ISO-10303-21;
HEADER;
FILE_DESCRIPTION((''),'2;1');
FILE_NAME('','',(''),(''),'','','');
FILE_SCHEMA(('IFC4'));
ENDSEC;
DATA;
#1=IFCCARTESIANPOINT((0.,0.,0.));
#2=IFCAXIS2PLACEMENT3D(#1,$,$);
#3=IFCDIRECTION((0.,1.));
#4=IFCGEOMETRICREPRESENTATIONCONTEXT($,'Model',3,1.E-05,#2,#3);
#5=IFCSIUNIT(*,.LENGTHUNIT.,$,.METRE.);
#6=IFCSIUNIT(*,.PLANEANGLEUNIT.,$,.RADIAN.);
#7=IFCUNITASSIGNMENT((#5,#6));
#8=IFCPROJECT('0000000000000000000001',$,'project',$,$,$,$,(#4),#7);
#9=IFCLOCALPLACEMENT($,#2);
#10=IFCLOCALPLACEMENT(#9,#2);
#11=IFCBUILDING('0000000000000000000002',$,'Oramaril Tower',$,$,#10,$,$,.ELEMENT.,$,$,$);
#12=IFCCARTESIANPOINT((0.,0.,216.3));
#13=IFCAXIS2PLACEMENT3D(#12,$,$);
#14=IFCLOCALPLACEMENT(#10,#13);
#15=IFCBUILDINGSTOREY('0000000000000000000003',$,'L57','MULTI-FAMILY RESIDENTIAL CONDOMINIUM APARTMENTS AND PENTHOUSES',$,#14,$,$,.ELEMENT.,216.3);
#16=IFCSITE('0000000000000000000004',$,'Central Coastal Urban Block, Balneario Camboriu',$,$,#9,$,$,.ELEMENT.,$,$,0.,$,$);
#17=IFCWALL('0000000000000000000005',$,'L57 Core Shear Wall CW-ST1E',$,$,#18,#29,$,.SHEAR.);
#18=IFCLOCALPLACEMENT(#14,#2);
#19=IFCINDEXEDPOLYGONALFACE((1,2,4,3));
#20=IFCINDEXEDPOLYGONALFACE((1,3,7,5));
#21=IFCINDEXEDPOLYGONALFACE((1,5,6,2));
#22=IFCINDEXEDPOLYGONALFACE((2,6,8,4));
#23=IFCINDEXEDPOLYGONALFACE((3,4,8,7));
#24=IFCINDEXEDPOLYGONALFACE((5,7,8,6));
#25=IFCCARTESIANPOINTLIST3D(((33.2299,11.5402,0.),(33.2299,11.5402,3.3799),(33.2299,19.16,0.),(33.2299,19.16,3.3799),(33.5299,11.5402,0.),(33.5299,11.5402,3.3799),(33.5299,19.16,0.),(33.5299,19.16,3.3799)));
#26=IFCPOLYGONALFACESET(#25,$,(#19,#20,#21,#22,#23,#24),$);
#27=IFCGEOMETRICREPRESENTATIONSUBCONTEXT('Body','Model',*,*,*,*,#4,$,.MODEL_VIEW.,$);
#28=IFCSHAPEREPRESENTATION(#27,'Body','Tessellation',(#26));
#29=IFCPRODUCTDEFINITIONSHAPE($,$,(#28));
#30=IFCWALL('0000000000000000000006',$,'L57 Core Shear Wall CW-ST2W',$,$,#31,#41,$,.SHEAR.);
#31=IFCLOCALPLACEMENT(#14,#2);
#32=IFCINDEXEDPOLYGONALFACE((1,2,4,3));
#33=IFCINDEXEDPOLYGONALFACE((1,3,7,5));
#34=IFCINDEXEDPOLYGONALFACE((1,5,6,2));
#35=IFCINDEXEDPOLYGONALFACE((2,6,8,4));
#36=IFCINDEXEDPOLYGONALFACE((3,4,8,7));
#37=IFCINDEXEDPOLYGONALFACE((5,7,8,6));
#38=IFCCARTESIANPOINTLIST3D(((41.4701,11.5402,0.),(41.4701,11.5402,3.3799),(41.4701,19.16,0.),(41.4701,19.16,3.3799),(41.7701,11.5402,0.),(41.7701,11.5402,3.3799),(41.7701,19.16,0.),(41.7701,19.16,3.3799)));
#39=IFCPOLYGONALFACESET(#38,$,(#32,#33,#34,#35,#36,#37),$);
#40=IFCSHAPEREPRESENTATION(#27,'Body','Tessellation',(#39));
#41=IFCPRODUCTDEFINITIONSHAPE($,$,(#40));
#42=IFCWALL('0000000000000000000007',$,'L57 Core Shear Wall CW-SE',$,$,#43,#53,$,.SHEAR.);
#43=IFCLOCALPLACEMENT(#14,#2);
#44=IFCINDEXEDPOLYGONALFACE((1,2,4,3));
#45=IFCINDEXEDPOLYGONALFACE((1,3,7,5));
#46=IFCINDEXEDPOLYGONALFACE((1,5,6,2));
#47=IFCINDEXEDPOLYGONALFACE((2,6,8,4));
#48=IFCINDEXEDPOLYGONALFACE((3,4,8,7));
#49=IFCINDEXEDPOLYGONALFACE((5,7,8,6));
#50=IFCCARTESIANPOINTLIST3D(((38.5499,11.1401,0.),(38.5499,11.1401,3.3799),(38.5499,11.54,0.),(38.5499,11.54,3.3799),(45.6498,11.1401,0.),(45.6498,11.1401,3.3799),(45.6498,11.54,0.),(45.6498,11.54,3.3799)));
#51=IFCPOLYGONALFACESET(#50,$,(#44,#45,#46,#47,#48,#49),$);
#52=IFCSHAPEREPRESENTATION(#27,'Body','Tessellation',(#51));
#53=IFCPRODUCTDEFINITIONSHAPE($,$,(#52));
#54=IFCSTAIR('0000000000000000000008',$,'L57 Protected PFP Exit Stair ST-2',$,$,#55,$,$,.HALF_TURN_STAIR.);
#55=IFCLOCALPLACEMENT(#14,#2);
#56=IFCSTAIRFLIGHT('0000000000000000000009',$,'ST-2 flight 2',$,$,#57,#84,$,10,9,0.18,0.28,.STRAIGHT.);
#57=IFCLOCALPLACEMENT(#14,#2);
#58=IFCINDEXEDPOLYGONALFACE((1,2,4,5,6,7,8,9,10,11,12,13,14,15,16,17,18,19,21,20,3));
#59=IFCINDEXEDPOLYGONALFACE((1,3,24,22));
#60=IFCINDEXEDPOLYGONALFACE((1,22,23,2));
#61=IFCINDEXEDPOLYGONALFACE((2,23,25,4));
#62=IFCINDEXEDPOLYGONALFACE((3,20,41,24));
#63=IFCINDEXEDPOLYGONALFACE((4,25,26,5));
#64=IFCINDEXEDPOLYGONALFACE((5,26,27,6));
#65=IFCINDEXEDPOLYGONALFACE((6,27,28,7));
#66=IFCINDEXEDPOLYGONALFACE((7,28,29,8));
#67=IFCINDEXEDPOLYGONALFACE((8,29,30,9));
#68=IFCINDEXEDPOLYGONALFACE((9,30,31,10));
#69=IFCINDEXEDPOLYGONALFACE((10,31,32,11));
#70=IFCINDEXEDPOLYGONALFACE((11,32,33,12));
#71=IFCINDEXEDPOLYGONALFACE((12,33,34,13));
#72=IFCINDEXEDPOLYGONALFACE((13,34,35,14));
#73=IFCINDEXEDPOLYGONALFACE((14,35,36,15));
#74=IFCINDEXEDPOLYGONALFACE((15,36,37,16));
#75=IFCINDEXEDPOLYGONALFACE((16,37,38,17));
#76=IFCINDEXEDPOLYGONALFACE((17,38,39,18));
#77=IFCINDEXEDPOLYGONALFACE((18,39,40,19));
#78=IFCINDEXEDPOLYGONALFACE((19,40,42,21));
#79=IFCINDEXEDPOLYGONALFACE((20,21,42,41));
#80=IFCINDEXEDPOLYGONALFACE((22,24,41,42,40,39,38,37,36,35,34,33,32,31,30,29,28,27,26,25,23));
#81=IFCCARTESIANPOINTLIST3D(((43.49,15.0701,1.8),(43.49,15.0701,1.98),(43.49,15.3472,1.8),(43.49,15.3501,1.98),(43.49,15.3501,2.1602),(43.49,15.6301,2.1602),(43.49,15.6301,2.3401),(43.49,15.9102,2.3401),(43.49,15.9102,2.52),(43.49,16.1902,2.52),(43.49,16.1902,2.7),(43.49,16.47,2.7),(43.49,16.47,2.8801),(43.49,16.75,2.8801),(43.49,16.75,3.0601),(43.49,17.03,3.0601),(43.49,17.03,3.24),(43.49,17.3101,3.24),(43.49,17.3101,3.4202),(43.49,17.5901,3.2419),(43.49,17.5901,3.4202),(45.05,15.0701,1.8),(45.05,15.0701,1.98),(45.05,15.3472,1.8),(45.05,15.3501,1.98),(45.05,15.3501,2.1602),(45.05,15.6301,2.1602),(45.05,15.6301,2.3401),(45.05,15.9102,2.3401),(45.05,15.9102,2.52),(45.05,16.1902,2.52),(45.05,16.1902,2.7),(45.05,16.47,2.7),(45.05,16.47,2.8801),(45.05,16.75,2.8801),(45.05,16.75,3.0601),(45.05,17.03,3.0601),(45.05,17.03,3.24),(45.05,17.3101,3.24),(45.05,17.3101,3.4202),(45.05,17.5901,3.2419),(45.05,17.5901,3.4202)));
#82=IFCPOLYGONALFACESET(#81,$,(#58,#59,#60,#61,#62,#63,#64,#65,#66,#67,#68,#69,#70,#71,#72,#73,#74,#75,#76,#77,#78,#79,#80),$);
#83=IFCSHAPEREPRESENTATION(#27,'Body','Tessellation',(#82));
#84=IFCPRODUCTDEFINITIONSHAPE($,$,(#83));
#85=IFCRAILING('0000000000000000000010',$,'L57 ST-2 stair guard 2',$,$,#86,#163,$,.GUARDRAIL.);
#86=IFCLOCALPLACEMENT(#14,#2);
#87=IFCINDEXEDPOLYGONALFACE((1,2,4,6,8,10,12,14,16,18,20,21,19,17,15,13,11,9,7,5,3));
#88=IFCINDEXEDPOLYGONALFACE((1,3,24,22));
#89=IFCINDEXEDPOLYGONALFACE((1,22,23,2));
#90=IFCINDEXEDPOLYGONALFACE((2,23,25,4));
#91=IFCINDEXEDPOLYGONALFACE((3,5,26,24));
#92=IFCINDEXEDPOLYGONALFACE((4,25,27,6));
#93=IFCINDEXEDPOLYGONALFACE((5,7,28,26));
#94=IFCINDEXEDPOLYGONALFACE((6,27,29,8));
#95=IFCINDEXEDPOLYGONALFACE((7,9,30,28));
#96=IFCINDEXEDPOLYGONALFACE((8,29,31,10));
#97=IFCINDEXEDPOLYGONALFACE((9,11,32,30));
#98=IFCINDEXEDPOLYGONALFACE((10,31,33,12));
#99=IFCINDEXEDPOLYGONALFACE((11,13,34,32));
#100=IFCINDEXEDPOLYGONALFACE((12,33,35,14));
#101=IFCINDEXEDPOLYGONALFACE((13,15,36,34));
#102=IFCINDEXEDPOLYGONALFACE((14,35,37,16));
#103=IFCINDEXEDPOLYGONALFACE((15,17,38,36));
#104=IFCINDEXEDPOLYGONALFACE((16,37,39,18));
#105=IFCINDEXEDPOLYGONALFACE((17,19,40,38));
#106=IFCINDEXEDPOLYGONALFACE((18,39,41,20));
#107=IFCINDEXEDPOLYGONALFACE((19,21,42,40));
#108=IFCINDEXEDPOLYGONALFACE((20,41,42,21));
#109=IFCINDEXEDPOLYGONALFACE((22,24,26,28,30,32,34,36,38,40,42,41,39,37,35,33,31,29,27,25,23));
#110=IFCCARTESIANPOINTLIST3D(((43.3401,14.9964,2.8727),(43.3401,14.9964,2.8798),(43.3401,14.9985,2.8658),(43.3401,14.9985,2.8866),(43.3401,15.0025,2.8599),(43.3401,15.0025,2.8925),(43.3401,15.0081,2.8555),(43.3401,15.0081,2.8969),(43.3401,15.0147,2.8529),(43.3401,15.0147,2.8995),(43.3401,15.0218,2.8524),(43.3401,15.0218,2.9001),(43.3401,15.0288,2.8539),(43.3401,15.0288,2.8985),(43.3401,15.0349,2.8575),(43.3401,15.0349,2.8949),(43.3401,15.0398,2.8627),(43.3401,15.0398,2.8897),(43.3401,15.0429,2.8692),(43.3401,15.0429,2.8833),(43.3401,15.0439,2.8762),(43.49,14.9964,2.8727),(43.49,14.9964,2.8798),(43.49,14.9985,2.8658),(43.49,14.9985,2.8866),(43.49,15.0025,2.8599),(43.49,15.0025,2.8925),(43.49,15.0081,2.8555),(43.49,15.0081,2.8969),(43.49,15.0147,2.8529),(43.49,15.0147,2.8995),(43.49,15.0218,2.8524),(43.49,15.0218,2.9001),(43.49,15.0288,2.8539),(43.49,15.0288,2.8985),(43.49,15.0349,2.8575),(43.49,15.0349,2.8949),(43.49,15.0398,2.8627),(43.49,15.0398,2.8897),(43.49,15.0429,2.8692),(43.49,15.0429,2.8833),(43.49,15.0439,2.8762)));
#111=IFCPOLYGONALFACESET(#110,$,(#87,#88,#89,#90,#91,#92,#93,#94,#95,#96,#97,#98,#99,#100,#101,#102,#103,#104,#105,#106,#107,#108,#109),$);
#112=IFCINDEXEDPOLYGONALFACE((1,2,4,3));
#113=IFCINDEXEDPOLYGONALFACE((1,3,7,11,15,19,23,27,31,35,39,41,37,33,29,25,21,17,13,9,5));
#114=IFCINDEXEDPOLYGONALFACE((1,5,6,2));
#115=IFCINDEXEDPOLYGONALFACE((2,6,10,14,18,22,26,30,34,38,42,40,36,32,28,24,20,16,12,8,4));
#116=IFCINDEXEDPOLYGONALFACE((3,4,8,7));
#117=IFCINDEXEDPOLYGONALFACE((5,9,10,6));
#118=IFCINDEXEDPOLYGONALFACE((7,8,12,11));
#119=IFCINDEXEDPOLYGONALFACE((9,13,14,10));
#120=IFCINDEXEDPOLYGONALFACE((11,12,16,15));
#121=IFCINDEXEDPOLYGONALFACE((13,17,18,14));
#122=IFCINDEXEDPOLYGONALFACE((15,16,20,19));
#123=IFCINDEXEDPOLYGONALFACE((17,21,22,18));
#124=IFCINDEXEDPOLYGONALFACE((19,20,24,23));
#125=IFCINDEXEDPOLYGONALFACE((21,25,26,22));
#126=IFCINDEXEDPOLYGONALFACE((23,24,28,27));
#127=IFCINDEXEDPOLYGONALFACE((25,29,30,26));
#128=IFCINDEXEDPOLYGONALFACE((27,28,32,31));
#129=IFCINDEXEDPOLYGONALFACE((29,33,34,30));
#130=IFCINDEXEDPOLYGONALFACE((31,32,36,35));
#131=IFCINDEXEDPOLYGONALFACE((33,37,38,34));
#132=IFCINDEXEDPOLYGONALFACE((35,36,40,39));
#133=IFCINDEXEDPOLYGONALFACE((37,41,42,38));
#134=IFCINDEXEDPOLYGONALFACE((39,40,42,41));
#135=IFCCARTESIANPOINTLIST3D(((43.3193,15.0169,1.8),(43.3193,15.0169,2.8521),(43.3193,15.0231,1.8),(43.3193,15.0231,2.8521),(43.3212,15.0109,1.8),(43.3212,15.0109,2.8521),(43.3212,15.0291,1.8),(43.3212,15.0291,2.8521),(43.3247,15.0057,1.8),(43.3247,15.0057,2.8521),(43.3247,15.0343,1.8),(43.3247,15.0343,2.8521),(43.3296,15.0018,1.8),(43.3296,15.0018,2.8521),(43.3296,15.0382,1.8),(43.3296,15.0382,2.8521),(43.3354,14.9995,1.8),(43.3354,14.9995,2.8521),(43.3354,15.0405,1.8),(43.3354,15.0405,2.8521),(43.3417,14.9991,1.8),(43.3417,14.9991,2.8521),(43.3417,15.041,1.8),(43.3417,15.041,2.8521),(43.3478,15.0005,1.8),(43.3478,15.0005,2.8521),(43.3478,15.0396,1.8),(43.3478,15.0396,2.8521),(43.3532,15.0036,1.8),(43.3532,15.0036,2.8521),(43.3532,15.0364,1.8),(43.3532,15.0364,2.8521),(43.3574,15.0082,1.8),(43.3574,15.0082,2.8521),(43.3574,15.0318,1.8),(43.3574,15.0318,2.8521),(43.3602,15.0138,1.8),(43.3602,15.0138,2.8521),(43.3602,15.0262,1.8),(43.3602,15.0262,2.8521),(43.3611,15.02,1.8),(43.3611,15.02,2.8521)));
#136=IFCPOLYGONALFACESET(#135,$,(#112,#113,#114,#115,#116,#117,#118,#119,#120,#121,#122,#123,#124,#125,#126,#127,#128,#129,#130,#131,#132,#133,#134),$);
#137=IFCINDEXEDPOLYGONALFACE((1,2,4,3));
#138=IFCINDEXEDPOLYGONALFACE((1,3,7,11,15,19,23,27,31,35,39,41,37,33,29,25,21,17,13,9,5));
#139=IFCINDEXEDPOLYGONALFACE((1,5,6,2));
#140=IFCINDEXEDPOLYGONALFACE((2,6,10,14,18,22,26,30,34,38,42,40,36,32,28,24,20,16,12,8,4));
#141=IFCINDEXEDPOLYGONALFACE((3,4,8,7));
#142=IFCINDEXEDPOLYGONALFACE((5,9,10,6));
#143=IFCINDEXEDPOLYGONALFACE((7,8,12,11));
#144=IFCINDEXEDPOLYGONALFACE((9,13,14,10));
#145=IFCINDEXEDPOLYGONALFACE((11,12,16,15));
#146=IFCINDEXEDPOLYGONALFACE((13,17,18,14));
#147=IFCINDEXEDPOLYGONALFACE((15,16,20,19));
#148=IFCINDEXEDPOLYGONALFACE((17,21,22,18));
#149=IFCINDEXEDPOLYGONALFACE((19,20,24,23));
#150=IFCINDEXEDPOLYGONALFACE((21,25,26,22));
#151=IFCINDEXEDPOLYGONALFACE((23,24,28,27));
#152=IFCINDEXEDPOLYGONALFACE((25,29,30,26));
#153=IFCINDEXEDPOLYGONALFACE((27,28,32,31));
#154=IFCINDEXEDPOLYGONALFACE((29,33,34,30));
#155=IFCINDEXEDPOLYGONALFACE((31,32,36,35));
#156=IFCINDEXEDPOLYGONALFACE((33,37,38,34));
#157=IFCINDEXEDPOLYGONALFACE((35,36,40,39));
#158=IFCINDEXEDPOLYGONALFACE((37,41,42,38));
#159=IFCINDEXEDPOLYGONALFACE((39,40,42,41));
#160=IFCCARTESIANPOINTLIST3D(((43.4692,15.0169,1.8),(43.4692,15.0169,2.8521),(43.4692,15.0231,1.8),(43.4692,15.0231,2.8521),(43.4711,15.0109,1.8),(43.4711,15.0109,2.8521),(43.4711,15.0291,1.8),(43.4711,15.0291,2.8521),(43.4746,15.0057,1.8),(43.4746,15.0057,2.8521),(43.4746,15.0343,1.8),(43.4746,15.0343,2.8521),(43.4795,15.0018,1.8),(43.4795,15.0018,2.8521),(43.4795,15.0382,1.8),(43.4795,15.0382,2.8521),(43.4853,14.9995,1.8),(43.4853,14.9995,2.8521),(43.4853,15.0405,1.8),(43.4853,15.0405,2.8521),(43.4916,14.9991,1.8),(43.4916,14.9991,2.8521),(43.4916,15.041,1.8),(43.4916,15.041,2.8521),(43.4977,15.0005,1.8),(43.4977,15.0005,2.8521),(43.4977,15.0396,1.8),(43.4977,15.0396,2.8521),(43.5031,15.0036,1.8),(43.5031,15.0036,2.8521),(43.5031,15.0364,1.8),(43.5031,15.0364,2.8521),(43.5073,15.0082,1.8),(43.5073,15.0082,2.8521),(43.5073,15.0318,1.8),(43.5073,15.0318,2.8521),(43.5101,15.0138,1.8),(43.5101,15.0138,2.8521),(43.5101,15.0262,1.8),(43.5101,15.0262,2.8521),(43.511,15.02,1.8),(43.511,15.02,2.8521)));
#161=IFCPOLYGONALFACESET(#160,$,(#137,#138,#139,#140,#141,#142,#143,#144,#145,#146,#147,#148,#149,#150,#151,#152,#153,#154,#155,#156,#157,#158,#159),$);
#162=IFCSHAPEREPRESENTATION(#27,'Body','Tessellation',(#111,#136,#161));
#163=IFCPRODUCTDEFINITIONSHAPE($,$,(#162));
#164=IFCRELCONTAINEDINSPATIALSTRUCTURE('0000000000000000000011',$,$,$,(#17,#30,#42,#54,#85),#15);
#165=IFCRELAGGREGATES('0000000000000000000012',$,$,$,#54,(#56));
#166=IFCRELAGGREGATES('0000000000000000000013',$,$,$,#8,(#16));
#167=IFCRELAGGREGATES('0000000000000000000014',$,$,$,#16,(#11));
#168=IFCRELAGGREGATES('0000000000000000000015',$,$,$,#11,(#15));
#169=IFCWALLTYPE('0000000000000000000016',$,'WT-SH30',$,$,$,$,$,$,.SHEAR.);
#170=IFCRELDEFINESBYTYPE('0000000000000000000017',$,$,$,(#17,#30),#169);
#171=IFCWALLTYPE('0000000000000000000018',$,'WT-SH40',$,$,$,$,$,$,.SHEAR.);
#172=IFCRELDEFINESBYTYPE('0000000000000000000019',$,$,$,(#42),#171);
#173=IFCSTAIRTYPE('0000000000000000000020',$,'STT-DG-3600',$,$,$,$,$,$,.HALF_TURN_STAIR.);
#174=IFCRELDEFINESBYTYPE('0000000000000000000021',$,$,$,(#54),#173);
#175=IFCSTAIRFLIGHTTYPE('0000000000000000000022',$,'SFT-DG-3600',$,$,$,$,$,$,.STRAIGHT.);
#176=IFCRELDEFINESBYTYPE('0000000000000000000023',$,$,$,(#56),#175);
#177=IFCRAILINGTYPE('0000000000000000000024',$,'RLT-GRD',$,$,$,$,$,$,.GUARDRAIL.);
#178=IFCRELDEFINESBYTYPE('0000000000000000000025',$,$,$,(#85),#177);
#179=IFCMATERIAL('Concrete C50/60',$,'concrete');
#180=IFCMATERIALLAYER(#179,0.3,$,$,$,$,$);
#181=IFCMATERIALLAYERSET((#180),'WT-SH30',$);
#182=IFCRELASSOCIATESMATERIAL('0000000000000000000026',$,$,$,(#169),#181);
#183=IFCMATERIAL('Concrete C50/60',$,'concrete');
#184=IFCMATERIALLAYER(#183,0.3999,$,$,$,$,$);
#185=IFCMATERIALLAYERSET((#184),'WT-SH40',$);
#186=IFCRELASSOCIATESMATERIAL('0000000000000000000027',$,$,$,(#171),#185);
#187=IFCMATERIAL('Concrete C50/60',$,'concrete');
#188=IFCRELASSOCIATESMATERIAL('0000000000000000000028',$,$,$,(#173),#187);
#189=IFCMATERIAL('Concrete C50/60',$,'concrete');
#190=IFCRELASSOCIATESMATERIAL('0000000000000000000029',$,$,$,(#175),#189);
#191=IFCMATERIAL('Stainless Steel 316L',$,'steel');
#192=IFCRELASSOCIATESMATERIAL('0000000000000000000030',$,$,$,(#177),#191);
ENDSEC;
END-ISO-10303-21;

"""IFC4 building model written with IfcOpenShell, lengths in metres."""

from ifc_helpers import new_model, si_unit, direction, frame, frame_2d, origin, origin_2d, place, context, subcontext, project, spatial, polyline, rectangle, circle, outline, extrude, material, layer, layer_set, type_object, element, aggregate, save


model = new_model("IFC4")

# Units and contexts
model_context = context("Model", 3, precision=1e-05, world=origin(), true_north=direction((0.0, 1.0)))
body_context = subcontext(model_context, "Body", "Model", "MODEL_VIEW")
ifc_project = project(units=[si_unit("LENGTHUNIT", "METRE"), si_unit("PLANEANGLEUNIT", "RADIAN")], contexts=[model_context])

# Site, building, storey
site_placement = place(None, origin())
site = spatial("IfcSite", under=ifc_project, at=site_placement, Name="Central Coastal Urban Block, Balneario Camboriu", CompositionType="ELEMENT", RefElevation=0.0)
building_placement = place(site_placement, origin())
building = spatial("IfcBuilding", under=site, at=building_placement, Name="Oramaril Tower", CompositionType="ELEMENT")
storey_placement = place(building_placement, frame((0.0, 0.0, 216.3)))
storey = spatial("IfcBuildingStorey", under=building, at=storey_placement, Name="L57", Description="MULTI-FAMILY RESIDENTIAL CONDOMINIUM APARTMENTS AND PENTHOUSES", CompositionType="ELEMENT", Elevation=216.3)

# Walls
ifc_material_1 = material(Name="Concrete C50/60", Category="concrete")
ifc_layer_1 = layer(ifc_material_1, 0.3)
ifc_layer_set_1 = layer_set([ifc_layer_1], Name="WT-SH30")
wall_type_1 = type_object("IfcWallType", Name="WT-SH30", PredefinedType="SHEAR", material=ifc_layer_set_1)
for number, where, z_axis, x_axis, name in (
    (1, (33.3799, 11.54, 0.0), (0.0, 0.0, 1.0), (0.0, 1.0, 0.0), "L57 Core Shear Wall CW-ST1E"),
    (2, (41.6201, 11.54, 0.0), (0.0, 0.0, 1.0), (0.0, 1.0, 0.0), "L57 Core Shear Wall CW-ST2W"),
):
    element("IfcWall", number, at=place(storey_placement, frame(where, z_axis=z_axis, x_axis=x_axis)), inside=storey, type_object=wall_type_1, Name=name, PredefinedType="SHEAR", context=body_context, shape_type="SweptSolid", body=[
        extrude(rectangle(XDim=7.6199, YDim=0.3, at=frame_2d((3.8101, 0.0))), origin(), (0.0, 0.0, 1.0), 3.3799),
    ])
ifc_material_2 = material(Name="Concrete C50/60", Category="concrete")
ifc_layer_2 = layer(ifc_material_2, 0.3999)
ifc_layer_set_2 = layer_set([ifc_layer_2], Name="WT-SH40")
wall_type_2 = type_object("IfcWallType", Name="WT-SH40", PredefinedType="SHEAR", material=ifc_layer_set_2)
wall_1_placement = place(storey_placement, frame((38.55, 11.3401, 0.0), z_axis=(0.0, 0.0, 1.0), x_axis=(1.0, 0.0, 0.0)))
element("IfcWall", 3, at=wall_1_placement, inside=storey, type_object=wall_type_2, Name="L57 Core Shear Wall CW-SE", PredefinedType="SHEAR", context=body_context, shape_type="SweptSolid", body=[
    extrude(rectangle(XDim=7.0999, YDim=0.3999, at=frame_2d((3.5498, 0.0))), origin(), (0.0, 0.0, 1.0), 3.3799),
])

# Stair, stair flight
ifc_material_3 = material(Name="Concrete C50/60", Category="concrete")
stair_type = type_object("IfcStairType", Name="STT-DG-3600", PredefinedType="HALF_TURN_STAIR", material=ifc_material_3)
stair_placement = place(storey_placement, origin())
stair = element("IfcStair", 4, at=stair_placement, inside=storey, type_object=stair_type, Name="L57 Protected PFP Exit Stair ST-2", PredefinedType="HALF_TURN_STAIR")
ifc_material_4 = material(Name="Concrete C50/60", Category="concrete")
stair_flight_type = type_object("IfcStairFlightType", Name="SFT-DG-3600", PredefinedType="STRAIGHT", material=ifc_material_4)
stair_flight_placement = place(storey_placement, frame((44.27, 15.0701, 1.8), z_axis=(0.0, 0.0, 1.0), x_axis=(0.0, 1.0, 0.0)))
stair_flight = element("IfcStairFlight", 5, at=stair_flight_placement, type_object=stair_flight_type, Name="ST-2 flight 2", NumberOfRisers=10, NumberOfTreads=9, PredefinedType="STRAIGHT", RiserHeight=0.18, TreadLength=0.28, context=body_context, shape_type="SweptSolid", body=[
    extrude(outline(polyline([(0.0, 0.0), (0.0, 0.1799), (0.28, 0.1799), (0.28, 0.3601), (0.5601, 0.3601), (0.5601, 0.54), (0.8401, 0.54), (0.8401, 0.72), (1.1201, 0.72), (1.1201, 0.8999), (1.3999, 0.8999), (1.3999, 1.0801), (1.6799, 1.0801), (1.6799, 1.26), (1.96, 1.26), (1.96, 1.4399), (2.24, 1.4399), (2.24, 1.6201), (2.52, 1.6201), (2.52, 1.8), (2.52, 1.4419), (0.2771, 0.0), (0.0, 0.0)])), frame((0.0, 0.78, 0.0), z_axis=(0.0, -1.0, 0.0), x_axis=(1.0, 0.0, 0.0)), (0.0, 0.0, 1.0), 1.5601),
])
aggregate(stair, [stair_flight])

# Railing
ifc_material_5 = material(Name="Stainless Steel 316L", Category="steel")
railing_type_1 = type_object("IfcRailingType", Name="RLT-GRD", PredefinedType="GUARDRAIL", material=ifc_material_5)
railing_1_placement = place(storey_placement, frame((43.3401, 15.02, 1.8)))
element("IfcRailing", 6, at=railing_1_placement, inside=storey, type_object=railing_type_1, Name="L57 ST-2 stair guard 2", PredefinedType="GUARDRAIL", context=body_context, shape_type="SweptSolid", body=[
    extrude(circle(Radius=0.0239, at=origin_2d()), frame((0.0, 0.0, 1.0762), z_axis=(1.0, 0.0, 0.0), x_axis=(0.0, 1.0, 0.0)), (0.0, 0.0, 1.0), 0.1499),
    extrude(circle(Radius=0.021, at=origin_2d()), origin(), (0.0, 0.0, 1.0), 1.052),
    extrude(circle(Radius=0.021, at=origin_2d()), frame((0.1499, 0.0, 0.0)), (0.0, 0.0, 1.0), 1.052),
])

save(model, "model.ifc")
